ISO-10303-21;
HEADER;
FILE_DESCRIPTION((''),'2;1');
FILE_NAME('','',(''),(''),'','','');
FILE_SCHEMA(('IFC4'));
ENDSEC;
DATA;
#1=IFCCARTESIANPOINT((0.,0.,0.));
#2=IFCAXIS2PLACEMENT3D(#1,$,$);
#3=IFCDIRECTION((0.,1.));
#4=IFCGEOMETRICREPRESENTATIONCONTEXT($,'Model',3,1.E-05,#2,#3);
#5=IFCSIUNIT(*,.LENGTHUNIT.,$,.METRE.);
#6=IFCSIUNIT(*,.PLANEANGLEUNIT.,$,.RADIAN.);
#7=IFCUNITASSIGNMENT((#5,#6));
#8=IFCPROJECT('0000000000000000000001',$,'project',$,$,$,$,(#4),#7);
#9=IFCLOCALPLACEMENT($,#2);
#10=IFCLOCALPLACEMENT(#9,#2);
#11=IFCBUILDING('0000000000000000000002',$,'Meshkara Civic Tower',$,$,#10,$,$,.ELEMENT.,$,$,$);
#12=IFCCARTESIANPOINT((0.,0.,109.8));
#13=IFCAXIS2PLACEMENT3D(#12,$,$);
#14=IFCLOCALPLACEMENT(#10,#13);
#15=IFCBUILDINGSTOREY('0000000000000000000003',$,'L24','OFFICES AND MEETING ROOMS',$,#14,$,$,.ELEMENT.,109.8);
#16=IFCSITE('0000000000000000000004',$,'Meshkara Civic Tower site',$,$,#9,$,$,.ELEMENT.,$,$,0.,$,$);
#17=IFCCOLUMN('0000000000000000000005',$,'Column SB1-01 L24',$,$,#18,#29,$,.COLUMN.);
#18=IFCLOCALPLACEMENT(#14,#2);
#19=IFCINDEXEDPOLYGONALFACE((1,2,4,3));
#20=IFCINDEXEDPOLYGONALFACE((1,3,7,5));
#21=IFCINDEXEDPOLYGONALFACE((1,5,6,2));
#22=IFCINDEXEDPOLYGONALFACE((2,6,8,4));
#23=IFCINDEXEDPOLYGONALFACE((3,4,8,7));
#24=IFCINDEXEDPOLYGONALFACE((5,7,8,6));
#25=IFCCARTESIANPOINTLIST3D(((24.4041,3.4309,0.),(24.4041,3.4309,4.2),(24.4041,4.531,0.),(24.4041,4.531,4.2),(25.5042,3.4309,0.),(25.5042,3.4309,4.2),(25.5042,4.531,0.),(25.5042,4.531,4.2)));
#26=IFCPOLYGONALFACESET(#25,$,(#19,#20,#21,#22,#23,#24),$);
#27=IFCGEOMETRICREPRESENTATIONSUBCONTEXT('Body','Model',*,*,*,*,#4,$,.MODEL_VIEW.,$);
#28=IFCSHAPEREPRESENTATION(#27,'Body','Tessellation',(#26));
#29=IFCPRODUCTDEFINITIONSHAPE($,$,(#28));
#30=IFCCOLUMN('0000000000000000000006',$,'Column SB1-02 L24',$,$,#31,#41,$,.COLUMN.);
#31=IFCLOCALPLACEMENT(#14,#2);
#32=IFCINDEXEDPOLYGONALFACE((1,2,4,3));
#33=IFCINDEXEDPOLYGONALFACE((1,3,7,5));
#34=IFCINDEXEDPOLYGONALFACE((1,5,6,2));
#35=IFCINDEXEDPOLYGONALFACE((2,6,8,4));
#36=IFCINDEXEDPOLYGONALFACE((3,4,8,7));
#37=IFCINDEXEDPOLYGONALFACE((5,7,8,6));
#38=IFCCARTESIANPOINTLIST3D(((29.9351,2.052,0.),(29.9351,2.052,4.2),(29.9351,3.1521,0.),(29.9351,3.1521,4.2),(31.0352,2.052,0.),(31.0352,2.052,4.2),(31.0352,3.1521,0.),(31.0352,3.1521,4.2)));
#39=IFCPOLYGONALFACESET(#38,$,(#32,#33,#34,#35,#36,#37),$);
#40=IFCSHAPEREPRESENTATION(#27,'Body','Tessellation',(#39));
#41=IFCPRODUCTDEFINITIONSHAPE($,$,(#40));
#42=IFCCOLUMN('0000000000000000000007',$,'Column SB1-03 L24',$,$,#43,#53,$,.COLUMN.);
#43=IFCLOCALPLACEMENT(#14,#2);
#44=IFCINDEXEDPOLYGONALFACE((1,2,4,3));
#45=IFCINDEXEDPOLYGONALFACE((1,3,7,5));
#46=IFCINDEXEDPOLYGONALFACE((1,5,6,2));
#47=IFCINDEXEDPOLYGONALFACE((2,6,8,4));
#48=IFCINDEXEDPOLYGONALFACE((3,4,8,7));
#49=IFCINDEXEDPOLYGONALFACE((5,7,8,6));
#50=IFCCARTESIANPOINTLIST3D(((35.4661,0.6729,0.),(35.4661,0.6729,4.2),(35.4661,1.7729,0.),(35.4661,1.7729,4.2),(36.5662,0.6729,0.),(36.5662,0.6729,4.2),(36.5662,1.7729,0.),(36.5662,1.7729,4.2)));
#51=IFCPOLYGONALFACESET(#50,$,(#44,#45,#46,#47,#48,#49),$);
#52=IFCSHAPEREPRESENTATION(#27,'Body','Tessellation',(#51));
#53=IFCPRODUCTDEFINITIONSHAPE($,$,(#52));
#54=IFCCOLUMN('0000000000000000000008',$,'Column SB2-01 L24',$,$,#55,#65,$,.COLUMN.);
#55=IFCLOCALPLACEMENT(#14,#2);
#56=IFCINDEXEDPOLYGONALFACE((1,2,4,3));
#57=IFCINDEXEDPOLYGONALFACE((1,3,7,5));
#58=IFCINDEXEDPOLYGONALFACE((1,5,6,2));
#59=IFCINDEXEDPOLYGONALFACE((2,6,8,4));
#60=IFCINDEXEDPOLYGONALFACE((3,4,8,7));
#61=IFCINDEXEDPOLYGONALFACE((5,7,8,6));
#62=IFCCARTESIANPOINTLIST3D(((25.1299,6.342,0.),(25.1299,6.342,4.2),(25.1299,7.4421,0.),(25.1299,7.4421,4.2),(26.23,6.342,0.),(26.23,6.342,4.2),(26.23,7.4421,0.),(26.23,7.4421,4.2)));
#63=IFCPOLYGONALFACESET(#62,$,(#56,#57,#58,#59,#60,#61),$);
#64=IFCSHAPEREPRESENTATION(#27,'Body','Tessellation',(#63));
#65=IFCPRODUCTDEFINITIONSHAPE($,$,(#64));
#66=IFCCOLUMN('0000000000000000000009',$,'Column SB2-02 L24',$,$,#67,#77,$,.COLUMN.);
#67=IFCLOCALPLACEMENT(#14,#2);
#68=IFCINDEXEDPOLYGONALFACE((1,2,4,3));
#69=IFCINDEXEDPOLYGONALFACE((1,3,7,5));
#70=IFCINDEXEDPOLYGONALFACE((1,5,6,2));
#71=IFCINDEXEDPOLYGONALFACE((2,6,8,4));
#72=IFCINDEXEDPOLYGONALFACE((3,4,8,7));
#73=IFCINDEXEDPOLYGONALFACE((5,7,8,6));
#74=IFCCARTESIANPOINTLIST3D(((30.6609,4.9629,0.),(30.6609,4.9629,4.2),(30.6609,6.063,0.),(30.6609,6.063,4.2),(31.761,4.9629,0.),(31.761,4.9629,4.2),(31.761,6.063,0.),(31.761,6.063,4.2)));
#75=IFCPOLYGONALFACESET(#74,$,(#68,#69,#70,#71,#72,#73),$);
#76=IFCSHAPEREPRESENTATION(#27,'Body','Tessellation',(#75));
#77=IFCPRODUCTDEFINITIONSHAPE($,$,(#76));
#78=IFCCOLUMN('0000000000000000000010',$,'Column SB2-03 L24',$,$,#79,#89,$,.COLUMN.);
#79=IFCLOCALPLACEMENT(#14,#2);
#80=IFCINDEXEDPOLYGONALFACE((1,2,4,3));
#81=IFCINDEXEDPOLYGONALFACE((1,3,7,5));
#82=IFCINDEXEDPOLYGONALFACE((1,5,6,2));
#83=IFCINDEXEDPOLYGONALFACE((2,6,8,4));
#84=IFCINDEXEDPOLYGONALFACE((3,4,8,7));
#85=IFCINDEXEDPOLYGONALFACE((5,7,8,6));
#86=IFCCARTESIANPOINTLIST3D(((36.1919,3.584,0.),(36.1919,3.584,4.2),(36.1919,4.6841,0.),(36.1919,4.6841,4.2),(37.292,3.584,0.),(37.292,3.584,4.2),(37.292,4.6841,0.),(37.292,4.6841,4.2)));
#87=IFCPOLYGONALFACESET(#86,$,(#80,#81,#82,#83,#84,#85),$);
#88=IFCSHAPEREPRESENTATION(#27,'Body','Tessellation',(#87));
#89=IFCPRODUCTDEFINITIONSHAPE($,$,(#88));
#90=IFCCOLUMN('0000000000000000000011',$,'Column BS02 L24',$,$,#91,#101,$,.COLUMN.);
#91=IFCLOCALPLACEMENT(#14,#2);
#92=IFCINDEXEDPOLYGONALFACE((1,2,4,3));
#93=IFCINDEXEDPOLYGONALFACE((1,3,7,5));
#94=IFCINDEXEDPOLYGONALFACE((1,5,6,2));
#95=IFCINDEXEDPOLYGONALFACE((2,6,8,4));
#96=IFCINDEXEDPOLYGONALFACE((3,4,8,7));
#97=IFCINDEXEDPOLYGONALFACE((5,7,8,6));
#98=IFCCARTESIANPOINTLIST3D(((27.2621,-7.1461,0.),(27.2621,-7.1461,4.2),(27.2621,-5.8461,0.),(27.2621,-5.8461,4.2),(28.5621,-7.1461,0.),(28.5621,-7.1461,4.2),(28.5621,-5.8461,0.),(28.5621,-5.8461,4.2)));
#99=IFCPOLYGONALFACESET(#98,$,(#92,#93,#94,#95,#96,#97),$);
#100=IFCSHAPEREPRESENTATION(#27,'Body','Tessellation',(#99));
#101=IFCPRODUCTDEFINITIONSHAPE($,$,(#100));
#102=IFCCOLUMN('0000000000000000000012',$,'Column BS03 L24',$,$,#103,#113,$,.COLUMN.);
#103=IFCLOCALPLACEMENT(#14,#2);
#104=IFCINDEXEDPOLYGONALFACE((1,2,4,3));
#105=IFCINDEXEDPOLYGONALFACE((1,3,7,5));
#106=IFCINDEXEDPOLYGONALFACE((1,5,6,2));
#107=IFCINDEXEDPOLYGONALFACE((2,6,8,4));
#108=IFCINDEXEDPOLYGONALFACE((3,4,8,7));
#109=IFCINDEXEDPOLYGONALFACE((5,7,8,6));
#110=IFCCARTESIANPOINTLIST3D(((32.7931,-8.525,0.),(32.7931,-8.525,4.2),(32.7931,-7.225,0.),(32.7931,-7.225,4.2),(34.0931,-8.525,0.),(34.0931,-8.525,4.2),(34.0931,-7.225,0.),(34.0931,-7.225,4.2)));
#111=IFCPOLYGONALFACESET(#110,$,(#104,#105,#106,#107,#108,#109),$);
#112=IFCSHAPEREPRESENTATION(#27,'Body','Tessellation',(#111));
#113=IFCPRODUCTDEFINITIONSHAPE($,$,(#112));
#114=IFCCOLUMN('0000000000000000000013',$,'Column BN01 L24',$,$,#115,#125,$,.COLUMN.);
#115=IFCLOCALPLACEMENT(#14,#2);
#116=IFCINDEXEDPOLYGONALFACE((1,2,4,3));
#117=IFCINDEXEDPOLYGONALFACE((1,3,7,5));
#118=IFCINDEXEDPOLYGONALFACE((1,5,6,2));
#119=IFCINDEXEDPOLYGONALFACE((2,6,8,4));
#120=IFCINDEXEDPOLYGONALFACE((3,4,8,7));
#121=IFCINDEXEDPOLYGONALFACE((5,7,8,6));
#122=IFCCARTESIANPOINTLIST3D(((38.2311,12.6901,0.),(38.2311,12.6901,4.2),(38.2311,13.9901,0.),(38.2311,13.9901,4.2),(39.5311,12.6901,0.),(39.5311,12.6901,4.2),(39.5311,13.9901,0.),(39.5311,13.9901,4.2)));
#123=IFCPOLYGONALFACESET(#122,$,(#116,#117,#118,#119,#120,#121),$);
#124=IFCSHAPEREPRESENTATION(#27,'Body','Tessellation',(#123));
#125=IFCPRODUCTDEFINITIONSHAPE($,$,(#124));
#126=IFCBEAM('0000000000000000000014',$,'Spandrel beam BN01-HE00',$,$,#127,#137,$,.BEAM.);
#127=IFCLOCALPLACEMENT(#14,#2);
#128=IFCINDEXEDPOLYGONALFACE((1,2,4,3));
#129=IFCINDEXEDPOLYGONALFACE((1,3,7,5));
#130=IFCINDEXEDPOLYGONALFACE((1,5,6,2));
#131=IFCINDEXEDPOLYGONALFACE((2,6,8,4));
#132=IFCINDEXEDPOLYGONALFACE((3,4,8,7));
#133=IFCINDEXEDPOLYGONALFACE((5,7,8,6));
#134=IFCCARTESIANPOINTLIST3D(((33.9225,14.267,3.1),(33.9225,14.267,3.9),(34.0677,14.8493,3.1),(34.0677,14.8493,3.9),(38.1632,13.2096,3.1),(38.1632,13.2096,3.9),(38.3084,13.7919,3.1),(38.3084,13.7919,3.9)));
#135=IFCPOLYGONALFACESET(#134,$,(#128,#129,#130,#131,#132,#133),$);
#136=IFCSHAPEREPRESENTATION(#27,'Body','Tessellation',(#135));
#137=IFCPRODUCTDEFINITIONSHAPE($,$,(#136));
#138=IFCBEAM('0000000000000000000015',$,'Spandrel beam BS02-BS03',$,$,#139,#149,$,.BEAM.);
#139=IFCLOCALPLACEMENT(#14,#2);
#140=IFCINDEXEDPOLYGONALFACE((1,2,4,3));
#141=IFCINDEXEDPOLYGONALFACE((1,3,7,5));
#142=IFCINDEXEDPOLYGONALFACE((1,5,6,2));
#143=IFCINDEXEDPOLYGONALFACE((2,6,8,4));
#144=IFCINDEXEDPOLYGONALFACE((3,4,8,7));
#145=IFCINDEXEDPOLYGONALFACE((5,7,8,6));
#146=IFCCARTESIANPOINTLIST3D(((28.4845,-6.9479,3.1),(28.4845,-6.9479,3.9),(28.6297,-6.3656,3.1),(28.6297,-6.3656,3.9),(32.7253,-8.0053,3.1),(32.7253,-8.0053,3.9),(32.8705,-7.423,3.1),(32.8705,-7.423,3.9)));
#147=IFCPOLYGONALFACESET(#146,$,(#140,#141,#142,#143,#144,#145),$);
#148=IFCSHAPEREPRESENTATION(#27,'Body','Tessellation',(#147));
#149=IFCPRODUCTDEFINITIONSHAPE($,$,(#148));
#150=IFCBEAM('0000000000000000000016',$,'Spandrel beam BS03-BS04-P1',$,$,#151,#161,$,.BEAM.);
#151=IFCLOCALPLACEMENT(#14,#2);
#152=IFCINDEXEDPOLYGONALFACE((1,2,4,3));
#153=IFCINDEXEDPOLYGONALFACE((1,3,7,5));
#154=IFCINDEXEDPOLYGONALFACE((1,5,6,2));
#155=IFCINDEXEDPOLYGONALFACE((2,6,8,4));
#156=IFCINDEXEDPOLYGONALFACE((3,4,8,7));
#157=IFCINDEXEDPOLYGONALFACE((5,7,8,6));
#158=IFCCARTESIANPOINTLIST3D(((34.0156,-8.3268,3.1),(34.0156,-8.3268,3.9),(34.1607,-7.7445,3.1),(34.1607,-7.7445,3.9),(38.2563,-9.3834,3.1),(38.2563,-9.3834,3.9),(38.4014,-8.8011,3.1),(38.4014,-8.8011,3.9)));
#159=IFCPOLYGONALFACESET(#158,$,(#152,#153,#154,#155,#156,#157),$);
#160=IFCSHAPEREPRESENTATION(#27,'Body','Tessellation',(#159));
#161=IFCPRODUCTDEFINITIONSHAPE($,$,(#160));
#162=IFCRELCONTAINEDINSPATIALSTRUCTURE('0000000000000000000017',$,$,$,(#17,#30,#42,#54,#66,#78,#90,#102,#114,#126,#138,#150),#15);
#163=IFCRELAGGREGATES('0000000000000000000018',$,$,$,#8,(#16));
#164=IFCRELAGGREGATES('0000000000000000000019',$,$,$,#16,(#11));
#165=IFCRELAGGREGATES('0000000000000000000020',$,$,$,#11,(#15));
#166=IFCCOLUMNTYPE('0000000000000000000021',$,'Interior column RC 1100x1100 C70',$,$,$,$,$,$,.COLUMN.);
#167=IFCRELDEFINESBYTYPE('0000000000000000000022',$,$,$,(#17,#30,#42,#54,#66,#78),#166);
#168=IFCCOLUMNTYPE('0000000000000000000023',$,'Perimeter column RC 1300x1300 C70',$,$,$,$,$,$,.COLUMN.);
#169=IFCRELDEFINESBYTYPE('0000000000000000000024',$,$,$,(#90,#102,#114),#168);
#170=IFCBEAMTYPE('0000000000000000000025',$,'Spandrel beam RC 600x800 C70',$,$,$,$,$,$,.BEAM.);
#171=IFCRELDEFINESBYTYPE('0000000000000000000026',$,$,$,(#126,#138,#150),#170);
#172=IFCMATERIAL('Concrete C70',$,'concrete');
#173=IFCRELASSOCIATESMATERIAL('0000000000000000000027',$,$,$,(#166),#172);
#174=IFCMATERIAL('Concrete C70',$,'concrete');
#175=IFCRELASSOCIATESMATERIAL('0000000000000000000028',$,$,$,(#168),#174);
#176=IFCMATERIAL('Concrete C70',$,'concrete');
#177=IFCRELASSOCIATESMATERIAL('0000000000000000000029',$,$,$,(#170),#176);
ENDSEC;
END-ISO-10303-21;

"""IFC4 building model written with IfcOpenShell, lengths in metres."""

from ifc_helpers import new_model, si_unit, direction, frame, origin, origin_2d, place, context, subcontext, project, spatial, rectangle, extrude, material, material_profile, profile_set, type_object, element, save


model = new_model("IFC4")

# Units and contexts
model_context = context("Model", 3, precision=1e-05, world=origin(), true_north=direction((0.0, 1.0)))
body_context = subcontext(model_context, "Body", "Model", "MODEL_VIEW")
ifc_project = project(units=[si_unit("LENGTHUNIT", "METRE"), si_unit("PLANEANGLEUNIT", "RADIAN")], contexts=[model_context])

# Site, building, storey
site_placement = place(None, origin())
site = spatial("IfcSite", under=ifc_project, at=site_placement, Name="Meshkara Civic Tower site", CompositionType="ELEMENT", RefElevation=0.0)
building_placement = place(site_placement, origin())
building = spatial("IfcBuilding", under=site, at=building_placement, Name="Meshkara Civic Tower", CompositionType="ELEMENT")
storey_placement = place(building_placement, frame((0.0, 0.0, 109.8)))
storey = spatial("IfcBuildingStorey", under=building, at=storey_placement, Name="L24", Description="OFFICES AND MEETING ROOMS", CompositionType="ELEMENT", Elevation=109.8)

# Columns
ifc_material_1 = material(Name="Concrete C70", Category="concrete")
ifc_material_profile_1 = material_profile(ifc_material_1, rectangle(XDim=1.1001, YDim=1.1001, at=origin_2d()))
ifc_profile_set_1 = profile_set([ifc_material_profile_1], Name="Concrete C70")
column_type_1 = type_object("IfcColumnType", Name="Interior column RC 1100x1100 C70", PredefinedType="COLUMN", material=ifc_profile_set_1)
for number, where, z_axis, x_axis, name in (
    (1, (24.9541, 3.981, 0.0), (0.0, 0.0, 1.0), (1.0, 0.0, 0.0), "Column SB1-01 L24"),
    (2, (30.4851, 2.6021, 0.0), (0.0, 0.0, 1.0), (1.0, 0.0, 0.0), "Column SB1-02 L24"),
    (3, (36.0161, 1.2229, 0.0), (0.0, 0.0, 1.0), (1.0, 0.0, 0.0), "Column SB1-03 L24"),
    (4, (25.6799, 6.8921, 0.0), (0.0, 0.0, 1.0), (1.0, 0.0, 0.0), "Column SB2-01 L24"),
    (5, (31.2109, 5.5129, 0.0), (0.0, 0.0, 1.0), (1.0, 0.0, 0.0), "Column SB2-02 L24"),
    (6, (36.7419, 4.134, 0.0), (0.0, 0.0, 1.0), (1.0, 0.0, 0.0), "Column SB2-03 L24"),
):
    element("IfcColumn", number, at=place(storey_placement, frame(where, z_axis=z_axis, x_axis=x_axis)), inside=storey, type_object=column_type_1, Name=name, PredefinedType="COLUMN", context=body_context, shape_type="SweptSolid", body=[
        extrude(rectangle(XDim=1.1001, YDim=1.1001, at=origin_2d()), origin(), (0.0, 0.0, 1.0), 4.2),
    ])
ifc_material_2 = material(Name="Concrete C70", Category="concrete")
ifc_material_profile_2 = material_profile(ifc_material_2, rectangle(XDim=1.3, YDim=1.3, at=origin_2d()))
ifc_profile_set_2 = profile_set([ifc_material_profile_2], Name="Concrete C70")
column_type_2 = type_object("IfcColumnType", Name="Perimeter column RC 1300x1300 C70", PredefinedType="COLUMN", material=ifc_profile_set_2)
for number, where, z_axis, x_axis, name in (
    (7, (27.9121, -6.4961, 0.0), (0.0, 0.0, 1.0), (1.0, 0.0, 0.0), "Column BS02 L24"),
    (8, (33.4431, -7.875, 0.0), (0.0, 0.0, 1.0), (1.0, 0.0, 0.0), "Column BS03 L24"),
    (9, (38.8811, 13.3401, 0.0), (0.0, 0.0, 1.0), (1.0, 0.0, 0.0), "Column BN01 L24"),
):
    element("IfcColumn", number, at=place(storey_placement, frame(where, z_axis=z_axis, x_axis=x_axis)), inside=storey, type_object=column_type_2, Name=name, PredefinedType="COLUMN", context=body_context, shape_type="SweptSolid", body=[
        extrude(rectangle(XDim=1.3, YDim=1.3, at=origin_2d()), origin(), (0.0, 0.0, 1.0), 4.2),
    ])

# Beams
ifc_material_3 = material(Name="Concrete C70", Category="concrete")
ifc_material_profile_3 = material_profile(ifc_material_3, rectangle(XDim=0.6001, YDim=0.8, at=origin_2d()))
ifc_profile_set_3 = profile_set([ifc_material_profile_3], Name="Concrete C70")
beam_type = type_object("IfcBeamType", Name="Spandrel beam RC 600x800 C70", PredefinedType="BEAM", material=ifc_profile_set_3)
for number, where, z_axis, x_axis, name in (
    (10, (38.2358, 13.5007, 3.5), (-0.970293, 0.241931, 0.0), (-0.241931, -0.970293, 0.0), "Spandrel beam BN01-HE00"),
    (11, (28.5571, -6.6567, 3.5), (0.970293, -0.241931, 0.0), (0.241931, 0.970293, 0.0), "Spandrel beam BS02-BS03"),
):
    element("IfcBeam", number, at=place(storey_placement, frame(where, z_axis=z_axis, x_axis=x_axis)), inside=storey, type_object=beam_type, Name=name, PredefinedType="BEAM", context=body_context, shape_type="SweptSolid", body=[
        extrude(rectangle(XDim=0.6001, YDim=0.8, at=origin_2d()), origin(), (0.0, 0.0, 1.0), 4.3706),
    ])
beam_placement = place(storey_placement, frame((34.0881, -8.0356, 3.5), z_axis=(0.970333, -0.241773, 0.0), x_axis=(0.241773, 0.970333, 0.0)))
element("IfcBeam", 12, at=beam_placement, inside=storey, type_object=beam_type, Name="Spandrel beam BS03-BS04-P1", PredefinedType="BEAM", context=body_context, shape_type="SweptSolid", body=[
    extrude(rectangle(XDim=0.6001, YDim=0.8, at=origin_2d()), origin(), (0.0, 0.0, 1.0), 4.3704),
])

save(model, "model.ifc")
